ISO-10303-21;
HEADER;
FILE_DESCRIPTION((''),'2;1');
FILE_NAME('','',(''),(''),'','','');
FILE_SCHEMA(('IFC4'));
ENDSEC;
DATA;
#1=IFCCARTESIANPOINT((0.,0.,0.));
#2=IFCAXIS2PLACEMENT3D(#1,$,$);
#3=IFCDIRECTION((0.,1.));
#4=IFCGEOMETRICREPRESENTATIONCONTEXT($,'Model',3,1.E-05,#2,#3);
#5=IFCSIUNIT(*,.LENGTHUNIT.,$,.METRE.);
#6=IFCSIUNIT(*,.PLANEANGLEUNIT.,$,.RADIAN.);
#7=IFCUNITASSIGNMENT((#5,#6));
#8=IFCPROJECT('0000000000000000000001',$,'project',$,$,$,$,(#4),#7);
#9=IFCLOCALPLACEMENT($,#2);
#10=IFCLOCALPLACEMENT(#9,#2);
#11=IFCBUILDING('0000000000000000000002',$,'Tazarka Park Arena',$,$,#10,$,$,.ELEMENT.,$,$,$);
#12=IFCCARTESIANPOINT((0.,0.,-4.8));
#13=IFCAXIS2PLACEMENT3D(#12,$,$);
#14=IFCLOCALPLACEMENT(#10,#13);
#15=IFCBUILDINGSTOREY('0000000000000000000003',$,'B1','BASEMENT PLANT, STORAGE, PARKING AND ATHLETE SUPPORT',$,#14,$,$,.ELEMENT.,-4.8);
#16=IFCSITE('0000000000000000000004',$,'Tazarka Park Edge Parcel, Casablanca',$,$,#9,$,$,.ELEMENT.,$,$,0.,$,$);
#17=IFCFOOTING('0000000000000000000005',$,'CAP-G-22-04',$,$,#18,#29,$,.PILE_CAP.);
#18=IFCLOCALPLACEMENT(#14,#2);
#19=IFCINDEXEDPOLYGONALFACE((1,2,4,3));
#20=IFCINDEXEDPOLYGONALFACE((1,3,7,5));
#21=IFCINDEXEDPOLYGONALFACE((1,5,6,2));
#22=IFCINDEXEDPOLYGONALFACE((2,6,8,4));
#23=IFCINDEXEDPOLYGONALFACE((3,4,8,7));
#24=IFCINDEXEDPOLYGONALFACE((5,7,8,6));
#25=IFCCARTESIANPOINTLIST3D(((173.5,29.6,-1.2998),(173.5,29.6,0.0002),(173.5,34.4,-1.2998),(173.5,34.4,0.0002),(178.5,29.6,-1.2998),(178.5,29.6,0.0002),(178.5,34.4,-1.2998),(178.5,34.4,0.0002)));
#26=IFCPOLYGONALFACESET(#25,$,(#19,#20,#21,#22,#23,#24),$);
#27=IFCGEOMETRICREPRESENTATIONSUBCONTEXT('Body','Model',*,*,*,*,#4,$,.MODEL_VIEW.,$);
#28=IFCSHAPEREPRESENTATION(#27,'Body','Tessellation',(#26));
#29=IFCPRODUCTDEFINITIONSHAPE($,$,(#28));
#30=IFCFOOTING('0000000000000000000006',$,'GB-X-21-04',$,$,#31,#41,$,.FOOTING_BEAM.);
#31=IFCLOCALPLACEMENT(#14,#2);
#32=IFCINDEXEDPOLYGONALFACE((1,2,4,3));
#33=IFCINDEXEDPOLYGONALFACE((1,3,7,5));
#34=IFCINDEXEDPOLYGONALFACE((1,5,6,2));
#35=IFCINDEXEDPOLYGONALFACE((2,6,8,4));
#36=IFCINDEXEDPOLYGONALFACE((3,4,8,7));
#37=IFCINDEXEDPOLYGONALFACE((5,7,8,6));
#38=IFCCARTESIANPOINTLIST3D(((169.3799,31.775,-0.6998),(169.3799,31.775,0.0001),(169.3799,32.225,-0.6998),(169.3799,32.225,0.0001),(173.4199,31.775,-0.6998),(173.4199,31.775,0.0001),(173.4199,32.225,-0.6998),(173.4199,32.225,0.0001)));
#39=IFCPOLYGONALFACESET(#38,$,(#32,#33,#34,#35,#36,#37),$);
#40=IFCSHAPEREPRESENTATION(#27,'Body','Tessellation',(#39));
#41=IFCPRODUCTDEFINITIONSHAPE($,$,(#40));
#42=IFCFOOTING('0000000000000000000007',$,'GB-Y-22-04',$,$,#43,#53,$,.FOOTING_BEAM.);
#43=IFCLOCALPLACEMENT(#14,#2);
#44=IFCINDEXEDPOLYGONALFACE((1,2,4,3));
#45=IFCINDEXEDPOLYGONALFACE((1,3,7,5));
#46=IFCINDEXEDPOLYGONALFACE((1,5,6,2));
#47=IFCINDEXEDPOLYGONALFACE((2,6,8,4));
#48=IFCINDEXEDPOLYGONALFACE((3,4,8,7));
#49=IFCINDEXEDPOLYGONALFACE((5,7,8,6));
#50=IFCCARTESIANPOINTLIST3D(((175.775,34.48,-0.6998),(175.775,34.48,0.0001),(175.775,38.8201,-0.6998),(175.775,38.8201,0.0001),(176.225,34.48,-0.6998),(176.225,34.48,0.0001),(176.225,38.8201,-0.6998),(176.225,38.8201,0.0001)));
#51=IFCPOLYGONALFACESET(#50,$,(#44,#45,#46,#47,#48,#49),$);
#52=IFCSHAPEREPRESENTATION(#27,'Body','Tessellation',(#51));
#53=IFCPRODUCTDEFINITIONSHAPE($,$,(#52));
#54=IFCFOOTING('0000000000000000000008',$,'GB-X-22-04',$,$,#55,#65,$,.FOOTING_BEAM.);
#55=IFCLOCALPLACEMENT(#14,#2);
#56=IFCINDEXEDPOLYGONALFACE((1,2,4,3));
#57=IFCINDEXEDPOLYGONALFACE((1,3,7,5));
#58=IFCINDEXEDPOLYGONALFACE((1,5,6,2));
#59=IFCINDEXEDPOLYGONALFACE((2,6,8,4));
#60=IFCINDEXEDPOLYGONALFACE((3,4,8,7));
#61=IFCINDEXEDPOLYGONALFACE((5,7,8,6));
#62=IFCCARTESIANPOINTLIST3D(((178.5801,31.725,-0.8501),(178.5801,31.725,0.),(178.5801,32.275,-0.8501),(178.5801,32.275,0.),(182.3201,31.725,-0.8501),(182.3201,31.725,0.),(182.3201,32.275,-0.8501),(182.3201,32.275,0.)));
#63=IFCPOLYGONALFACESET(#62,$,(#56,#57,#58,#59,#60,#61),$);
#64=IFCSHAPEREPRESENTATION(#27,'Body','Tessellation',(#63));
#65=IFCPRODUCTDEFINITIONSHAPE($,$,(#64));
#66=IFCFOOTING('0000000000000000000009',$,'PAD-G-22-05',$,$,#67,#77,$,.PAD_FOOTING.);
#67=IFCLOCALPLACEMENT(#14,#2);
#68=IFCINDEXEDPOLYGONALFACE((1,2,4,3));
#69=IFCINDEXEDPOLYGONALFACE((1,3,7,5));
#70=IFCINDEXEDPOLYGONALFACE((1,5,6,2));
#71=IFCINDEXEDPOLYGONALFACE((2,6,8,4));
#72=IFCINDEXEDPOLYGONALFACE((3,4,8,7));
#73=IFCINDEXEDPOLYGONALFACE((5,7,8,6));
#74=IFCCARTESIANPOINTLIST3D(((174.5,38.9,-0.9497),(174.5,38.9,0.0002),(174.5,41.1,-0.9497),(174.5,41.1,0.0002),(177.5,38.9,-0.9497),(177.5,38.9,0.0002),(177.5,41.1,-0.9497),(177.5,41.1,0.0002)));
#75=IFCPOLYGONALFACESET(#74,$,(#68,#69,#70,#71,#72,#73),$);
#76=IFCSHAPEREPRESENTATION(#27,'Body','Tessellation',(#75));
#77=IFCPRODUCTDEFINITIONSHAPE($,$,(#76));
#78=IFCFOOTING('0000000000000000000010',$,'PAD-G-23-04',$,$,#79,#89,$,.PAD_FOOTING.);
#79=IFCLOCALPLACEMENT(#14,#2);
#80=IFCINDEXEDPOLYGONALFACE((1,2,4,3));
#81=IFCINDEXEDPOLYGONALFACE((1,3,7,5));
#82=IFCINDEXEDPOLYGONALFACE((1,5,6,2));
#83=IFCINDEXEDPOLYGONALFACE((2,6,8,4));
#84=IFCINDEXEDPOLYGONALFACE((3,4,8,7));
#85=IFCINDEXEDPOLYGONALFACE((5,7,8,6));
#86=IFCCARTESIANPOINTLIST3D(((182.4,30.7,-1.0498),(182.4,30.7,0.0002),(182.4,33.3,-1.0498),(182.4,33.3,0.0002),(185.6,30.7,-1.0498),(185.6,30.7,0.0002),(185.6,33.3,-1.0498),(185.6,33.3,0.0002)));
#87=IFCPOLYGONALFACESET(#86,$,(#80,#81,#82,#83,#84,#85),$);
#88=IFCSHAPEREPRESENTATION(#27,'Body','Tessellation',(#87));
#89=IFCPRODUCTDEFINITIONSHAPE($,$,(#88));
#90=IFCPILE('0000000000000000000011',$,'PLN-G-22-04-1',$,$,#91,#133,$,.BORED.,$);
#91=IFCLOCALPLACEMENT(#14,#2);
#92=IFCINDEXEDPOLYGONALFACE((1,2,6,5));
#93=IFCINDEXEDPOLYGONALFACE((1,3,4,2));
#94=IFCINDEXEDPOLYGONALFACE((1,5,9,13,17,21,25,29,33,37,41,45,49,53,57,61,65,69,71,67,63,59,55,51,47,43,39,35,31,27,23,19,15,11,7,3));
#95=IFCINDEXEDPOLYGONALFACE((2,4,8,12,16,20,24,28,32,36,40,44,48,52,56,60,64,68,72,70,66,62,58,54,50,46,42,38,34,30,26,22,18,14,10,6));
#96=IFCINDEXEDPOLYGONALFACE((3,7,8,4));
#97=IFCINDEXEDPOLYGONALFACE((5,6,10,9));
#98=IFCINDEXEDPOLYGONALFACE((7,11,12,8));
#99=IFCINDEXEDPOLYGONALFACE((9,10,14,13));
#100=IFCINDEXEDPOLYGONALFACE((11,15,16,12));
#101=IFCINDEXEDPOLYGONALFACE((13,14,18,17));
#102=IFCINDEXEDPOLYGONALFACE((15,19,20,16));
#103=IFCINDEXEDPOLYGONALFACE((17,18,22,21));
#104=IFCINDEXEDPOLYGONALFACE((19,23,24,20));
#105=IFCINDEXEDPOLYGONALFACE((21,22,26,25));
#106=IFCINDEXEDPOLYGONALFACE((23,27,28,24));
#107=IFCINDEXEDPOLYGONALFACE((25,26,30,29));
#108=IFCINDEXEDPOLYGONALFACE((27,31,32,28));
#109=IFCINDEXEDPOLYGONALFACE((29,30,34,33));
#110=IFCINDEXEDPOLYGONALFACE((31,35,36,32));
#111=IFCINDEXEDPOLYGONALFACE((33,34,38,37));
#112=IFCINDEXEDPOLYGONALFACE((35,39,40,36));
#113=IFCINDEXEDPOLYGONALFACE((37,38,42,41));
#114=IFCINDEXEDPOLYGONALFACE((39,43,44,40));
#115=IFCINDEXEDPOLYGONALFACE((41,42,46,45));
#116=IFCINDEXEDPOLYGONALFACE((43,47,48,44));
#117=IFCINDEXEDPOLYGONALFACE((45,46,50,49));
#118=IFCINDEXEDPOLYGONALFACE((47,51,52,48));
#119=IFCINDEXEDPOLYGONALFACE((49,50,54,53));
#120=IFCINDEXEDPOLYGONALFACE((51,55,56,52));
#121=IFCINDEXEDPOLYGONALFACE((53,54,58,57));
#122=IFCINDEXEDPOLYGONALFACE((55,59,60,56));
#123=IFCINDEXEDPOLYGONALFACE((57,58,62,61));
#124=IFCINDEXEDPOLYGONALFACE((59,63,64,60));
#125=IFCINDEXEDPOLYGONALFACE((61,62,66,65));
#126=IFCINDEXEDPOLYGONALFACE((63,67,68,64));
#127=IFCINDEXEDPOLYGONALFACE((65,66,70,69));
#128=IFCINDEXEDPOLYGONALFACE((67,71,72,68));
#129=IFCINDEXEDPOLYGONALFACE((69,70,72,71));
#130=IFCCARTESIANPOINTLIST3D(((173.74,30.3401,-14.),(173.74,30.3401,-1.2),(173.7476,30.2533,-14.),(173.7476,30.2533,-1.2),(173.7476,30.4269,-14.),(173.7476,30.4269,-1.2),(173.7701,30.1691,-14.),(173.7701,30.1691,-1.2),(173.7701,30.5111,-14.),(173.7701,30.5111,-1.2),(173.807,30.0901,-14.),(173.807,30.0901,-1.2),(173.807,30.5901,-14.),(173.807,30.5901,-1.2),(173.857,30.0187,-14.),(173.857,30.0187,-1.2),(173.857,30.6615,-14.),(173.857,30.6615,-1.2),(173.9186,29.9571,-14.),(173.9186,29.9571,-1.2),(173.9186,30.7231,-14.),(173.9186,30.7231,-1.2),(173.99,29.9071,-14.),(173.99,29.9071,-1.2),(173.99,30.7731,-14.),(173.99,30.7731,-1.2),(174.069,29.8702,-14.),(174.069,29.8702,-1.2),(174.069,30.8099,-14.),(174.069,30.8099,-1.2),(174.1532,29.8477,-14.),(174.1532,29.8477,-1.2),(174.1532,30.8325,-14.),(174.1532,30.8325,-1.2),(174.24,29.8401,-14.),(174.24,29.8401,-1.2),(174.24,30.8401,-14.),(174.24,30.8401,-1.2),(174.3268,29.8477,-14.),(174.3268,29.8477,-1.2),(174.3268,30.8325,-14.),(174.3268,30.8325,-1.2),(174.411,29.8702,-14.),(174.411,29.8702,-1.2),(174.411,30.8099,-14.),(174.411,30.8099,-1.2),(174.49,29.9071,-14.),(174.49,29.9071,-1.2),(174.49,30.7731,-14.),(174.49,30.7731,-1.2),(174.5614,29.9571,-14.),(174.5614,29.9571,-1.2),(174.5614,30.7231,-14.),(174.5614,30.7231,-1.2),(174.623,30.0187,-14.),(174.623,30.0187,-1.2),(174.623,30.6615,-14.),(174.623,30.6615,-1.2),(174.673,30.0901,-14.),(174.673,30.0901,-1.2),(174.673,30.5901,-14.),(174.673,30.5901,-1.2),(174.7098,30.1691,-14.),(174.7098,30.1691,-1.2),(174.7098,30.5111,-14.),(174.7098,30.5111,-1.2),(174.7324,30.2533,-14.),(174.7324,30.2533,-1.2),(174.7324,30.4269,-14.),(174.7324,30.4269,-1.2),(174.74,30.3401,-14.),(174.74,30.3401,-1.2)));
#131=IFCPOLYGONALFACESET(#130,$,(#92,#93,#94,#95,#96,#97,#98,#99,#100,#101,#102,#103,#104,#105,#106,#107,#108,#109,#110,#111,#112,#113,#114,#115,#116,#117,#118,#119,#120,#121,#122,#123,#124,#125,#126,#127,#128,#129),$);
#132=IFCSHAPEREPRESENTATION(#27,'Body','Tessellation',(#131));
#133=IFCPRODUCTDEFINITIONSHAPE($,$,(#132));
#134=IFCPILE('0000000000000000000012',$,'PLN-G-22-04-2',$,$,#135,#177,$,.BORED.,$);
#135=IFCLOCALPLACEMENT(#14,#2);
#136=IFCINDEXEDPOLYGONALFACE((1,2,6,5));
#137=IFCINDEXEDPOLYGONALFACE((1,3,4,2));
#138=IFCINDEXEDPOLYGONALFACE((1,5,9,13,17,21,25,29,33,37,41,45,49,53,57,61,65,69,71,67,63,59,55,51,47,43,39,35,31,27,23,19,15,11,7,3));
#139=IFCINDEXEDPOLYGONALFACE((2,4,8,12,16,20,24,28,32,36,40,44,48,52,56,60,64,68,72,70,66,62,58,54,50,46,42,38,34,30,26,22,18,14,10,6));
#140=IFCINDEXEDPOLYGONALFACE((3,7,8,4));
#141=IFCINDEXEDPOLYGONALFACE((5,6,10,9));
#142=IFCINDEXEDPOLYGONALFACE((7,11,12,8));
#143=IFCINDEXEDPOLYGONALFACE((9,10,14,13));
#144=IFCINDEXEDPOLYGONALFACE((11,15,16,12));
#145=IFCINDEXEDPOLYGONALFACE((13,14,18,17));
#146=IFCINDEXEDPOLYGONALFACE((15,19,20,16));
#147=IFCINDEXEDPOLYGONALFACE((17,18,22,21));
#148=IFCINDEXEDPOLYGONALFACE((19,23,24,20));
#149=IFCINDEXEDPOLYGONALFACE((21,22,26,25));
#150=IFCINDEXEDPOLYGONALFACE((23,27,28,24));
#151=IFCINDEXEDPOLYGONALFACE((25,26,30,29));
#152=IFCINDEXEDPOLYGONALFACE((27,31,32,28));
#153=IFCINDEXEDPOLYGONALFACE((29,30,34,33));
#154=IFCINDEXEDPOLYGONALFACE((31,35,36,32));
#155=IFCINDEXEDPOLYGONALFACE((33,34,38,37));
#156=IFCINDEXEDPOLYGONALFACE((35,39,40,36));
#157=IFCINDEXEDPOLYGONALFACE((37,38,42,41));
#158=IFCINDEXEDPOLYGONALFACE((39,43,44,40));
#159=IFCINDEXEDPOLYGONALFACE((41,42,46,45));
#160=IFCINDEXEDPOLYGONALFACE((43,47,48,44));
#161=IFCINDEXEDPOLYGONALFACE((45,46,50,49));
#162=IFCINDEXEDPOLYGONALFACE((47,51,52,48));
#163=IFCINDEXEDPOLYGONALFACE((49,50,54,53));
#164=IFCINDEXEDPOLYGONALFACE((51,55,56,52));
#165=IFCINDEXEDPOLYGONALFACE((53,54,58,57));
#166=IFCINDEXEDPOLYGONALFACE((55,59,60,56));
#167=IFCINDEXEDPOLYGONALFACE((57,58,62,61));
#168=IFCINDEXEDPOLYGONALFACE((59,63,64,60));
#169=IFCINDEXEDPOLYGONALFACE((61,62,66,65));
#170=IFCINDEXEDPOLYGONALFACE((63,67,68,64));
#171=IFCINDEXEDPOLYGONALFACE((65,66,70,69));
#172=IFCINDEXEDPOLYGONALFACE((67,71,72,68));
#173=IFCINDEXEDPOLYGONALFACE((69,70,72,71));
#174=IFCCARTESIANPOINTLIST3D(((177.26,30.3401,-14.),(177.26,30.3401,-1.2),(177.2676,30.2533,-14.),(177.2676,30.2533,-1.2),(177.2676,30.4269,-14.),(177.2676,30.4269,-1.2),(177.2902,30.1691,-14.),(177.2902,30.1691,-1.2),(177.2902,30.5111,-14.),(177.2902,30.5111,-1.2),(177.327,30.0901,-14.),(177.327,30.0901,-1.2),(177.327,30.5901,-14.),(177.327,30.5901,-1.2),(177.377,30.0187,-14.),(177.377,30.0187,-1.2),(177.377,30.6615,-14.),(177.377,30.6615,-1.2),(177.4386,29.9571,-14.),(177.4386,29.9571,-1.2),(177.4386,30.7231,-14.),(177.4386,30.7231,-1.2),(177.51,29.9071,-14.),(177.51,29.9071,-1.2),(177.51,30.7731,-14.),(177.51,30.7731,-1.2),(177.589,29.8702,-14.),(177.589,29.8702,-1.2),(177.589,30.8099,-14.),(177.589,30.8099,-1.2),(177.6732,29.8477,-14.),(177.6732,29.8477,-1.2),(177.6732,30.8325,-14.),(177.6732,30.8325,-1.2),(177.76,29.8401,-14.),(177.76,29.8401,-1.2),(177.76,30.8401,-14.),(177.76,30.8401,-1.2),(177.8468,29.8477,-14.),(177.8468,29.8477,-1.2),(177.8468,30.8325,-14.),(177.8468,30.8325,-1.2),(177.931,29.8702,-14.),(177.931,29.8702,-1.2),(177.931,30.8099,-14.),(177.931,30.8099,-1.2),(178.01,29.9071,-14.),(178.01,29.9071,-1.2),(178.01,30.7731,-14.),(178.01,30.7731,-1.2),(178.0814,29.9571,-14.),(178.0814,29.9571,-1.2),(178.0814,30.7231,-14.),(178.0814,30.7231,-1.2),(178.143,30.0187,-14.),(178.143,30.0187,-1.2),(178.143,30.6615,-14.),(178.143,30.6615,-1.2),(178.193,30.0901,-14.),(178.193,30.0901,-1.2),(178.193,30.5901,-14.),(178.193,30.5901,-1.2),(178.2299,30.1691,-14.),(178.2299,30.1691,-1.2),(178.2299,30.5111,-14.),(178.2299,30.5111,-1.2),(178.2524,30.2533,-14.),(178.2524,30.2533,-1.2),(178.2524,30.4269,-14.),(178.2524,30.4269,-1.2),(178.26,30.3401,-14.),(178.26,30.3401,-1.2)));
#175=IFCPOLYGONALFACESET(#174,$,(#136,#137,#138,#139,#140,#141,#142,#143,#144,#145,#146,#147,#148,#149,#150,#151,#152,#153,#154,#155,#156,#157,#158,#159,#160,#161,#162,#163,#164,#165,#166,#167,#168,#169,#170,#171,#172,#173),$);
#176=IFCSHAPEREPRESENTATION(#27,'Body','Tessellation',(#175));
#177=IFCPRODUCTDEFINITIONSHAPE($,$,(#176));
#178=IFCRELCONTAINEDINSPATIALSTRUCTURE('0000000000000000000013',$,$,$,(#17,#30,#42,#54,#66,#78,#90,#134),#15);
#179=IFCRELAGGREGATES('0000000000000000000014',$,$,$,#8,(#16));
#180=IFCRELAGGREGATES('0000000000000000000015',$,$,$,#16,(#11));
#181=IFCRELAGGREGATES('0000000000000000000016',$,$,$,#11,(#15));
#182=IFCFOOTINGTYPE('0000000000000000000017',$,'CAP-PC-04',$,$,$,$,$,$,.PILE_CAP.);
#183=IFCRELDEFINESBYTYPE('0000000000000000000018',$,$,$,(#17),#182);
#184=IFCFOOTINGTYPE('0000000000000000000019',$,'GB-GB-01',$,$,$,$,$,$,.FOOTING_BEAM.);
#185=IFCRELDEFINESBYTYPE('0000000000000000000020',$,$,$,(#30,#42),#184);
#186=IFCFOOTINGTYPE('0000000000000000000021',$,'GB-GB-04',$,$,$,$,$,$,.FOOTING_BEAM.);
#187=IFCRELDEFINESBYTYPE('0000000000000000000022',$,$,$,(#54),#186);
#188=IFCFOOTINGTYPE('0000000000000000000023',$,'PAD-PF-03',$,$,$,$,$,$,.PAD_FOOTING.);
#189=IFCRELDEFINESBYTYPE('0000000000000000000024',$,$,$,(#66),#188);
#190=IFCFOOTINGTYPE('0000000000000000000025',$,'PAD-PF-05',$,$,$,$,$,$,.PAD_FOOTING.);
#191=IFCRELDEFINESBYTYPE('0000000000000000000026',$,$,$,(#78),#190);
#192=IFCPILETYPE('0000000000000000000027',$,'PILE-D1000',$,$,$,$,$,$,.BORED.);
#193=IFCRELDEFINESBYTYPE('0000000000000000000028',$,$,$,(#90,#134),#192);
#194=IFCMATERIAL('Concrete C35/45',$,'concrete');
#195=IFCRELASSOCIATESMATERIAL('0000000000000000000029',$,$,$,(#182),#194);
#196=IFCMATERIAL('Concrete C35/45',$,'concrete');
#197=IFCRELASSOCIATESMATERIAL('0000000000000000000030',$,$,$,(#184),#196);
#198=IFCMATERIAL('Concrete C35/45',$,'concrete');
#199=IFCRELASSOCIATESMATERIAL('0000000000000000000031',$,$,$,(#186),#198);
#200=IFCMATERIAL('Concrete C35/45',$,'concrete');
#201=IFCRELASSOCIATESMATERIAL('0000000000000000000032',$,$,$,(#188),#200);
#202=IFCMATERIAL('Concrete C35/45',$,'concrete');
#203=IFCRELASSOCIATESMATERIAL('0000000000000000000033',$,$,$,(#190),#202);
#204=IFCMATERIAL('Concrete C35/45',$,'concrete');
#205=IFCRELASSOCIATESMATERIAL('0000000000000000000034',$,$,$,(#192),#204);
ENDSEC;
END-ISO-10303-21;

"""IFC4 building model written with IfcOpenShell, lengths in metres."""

from ifc_helpers import new_model, si_unit, direction, frame, origin, origin_2d, place, context, subcontext, project, spatial, rectangle, circle, extrude, material, material_profile, profile_set, type_object, element, save


model = new_model("IFC4")

# Units and contexts
model_context = context("Model", 3, precision=1e-05, world=origin(), true_north=direction((0.0, 1.0)))
body_context = subcontext(model_context, "Body", "Model", "MODEL_VIEW")
ifc_project = project(units=[si_unit("LENGTHUNIT", "METRE"), si_unit("PLANEANGLEUNIT", "RADIAN")], contexts=[model_context])

# Site, building, storey
site_placement = place(None, origin())
site = spatial("IfcSite", under=ifc_project, at=site_placement, Name="Tazarka Park Edge Parcel, Casablanca", CompositionType="ELEMENT", RefElevation=0.0)
building_placement = place(site_placement, origin())
building = spatial("IfcBuilding", under=site, at=building_placement, Name="Tazarka Park Arena", CompositionType="ELEMENT")
storey_placement = place(building_placement, frame((0.0, 0.0, -4.8)))
storey = spatial("IfcBuildingStorey", under=building, at=storey_placement, Name="B1", Description="BASEMENT PLANT, STORAGE, PARKING AND ATHLETE SUPPORT", CompositionType="ELEMENT", Elevation=-4.8)

# Footings
ifc_material_1 = material(Name="Concrete C35/45", Category="concrete")
footing_type_1 = type_object("IfcFootingType", Name="CAP-PC-04", PredefinedType="PILE_CAP", material=ifc_material_1)
footing_1_placement = place(storey_placement, frame((176.0, 32.0, -1.2998), z_axis=(0.0, 0.0, 1.0), x_axis=(1.0, 0.0, 0.0)))
element("IfcFooting", 1, at=footing_1_placement, inside=storey, type_object=footing_type_1, Name="CAP-G-22-04", PredefinedType="PILE_CAP", context=body_context, shape_type="SweptSolid", body=[
    extrude(rectangle(XDim=5.0, YDim=4.8, at=origin_2d()), origin(), (0.0, 0.0, 1.0), 1.3),
])
ifc_material_2 = material(Name="Concrete C35/45", Category="concrete")
ifc_material_profile_1 = material_profile(ifc_material_2, rectangle(XDim=0.45, YDim=0.7, at=origin_2d()), Name="Concrete C35/45")
ifc_profile_set_1 = profile_set([ifc_material_profile_1], Name="Concrete C35/45")
footing_type_2 = type_object("IfcFootingType", Name="GB-GB-01", PredefinedType="FOOTING_BEAM", material=ifc_profile_set_1)
footing_2_placement = place(storey_placement, frame((169.3799, 32.0, -0.3499), z_axis=(1.0, 0.0, 0.0), x_axis=(0.0, 1.0, 0.0)))
element("IfcFooting", 2, at=footing_2_placement, inside=storey, type_object=footing_type_2, Name="GB-X-21-04", PredefinedType="FOOTING_BEAM", context=body_context, shape_type="SweptSolid", body=[
    extrude(rectangle(XDim=0.45, YDim=0.7, at=origin_2d()), origin(), (0.0, 0.0, 1.0), 4.04),
])
footing_3_placement = place(storey_placement, frame((176.0, 34.48, -0.3499), z_axis=(0.0, 1.0, 0.0), x_axis=(-1.0, 0.0, 0.0)))
element("IfcFooting", 3, at=footing_3_placement, inside=storey, type_object=footing_type_2, Name="GB-Y-22-04", PredefinedType="FOOTING_BEAM", context=body_context, shape_type="SweptSolid", body=[
    extrude(rectangle(XDim=0.45, YDim=0.7, at=origin_2d()), origin(), (0.0, 0.0, 1.0), 4.3401),
])
ifc_material_3 = material(Name="Concrete C35/45", Category="concrete")
ifc_material_profile_2 = material_profile(ifc_material_3, rectangle(XDim=0.55, YDim=0.8501, at=origin_2d()), Name="Concrete C35/45")
ifc_profile_set_2 = profile_set([ifc_material_profile_2], Name="Concrete C35/45")
footing_type_3 = type_object("IfcFootingType", Name="GB-GB-04", PredefinedType="FOOTING_BEAM", material=ifc_profile_set_2)
footing_4_placement = place(storey_placement, frame((178.5801, 32.0, -0.425), z_axis=(1.0, 0.0, 0.0), x_axis=(0.0, 1.0, 0.0)))
element("IfcFooting", 4, at=footing_4_placement, inside=storey, type_object=footing_type_3, Name="GB-X-22-04", PredefinedType="FOOTING_BEAM", context=body_context, shape_type="SweptSolid", body=[
    extrude(rectangle(XDim=0.55, YDim=0.8501, at=origin_2d()), origin(), (0.0, 0.0, 1.0), 3.74),
])
ifc_material_4 = material(Name="Concrete C35/45", Category="concrete")
footing_type_4 = type_object("IfcFootingType", Name="PAD-PF-03", PredefinedType="PAD_FOOTING", material=ifc_material_4)
footing_5_placement = place(storey_placement, frame((176.0, 40.0, -0.9497), z_axis=(0.0, 0.0, 1.0), x_axis=(1.0, 0.0, 0.0)))
element("IfcFooting", 5, at=footing_5_placement, inside=storey, type_object=footing_type_4, Name="PAD-G-22-05", PredefinedType="PAD_FOOTING", context=body_context, shape_type="SweptSolid", body=[
    extrude(rectangle(XDim=3.0, YDim=2.2, at=origin_2d()), origin(), (0.0, 0.0, 1.0), 0.95),
])
ifc_material_5 = material(Name="Concrete C35/45", Category="concrete")
footing_type_5 = type_object("IfcFootingType", Name="PAD-PF-05", PredefinedType="PAD_FOOTING", material=ifc_material_5)
footing_6_placement = place(storey_placement, frame((184.0, 32.0, -1.0498), z_axis=(0.0, 0.0, 1.0), x_axis=(1.0, 0.0, 0.0)))
element("IfcFooting", 6, at=footing_6_placement, inside=storey, type_object=footing_type_5, Name="PAD-G-23-04", PredefinedType="PAD_FOOTING", context=body_context, shape_type="SweptSolid", body=[
    extrude(rectangle(XDim=3.2, YDim=2.6001, at=origin_2d()), origin(), (0.0, 0.0, 1.0), 1.05),
])

# Piles
ifc_material_6 = material(Name="Concrete C35/45", Category="concrete")
ifc_material_profile_3 = material_profile(ifc_material_6, circle(Radius=0.5, at=origin_2d()), Name="Concrete C35/45")
ifc_profile_set_3 = profile_set([ifc_material_profile_3], Name="Concrete C35/45")
pile_type = type_object("IfcPileType", Name="PILE-D1000", PredefinedType="BORED", material=ifc_profile_set_3)
for number, where, z_axis, x_axis, name in (
    (7, (174.24, 30.3401, -1.2), (0.0, 0.0, -1.0), (1.0, 0.0, 0.0), "PLN-G-22-04-1"),
    (8, (177.76, 30.3401, -1.2), (0.0, 0.0, -1.0), (1.0, 0.0, 0.0), "PLN-G-22-04-2"),
):
    element("IfcPile", number, at=place(storey_placement, frame(where, z_axis=z_axis, x_axis=x_axis)), inside=storey, type_object=pile_type, Name=name, PredefinedType="BORED", context=body_context, shape_type="SweptSolid", body=[
        extrude(circle(Radius=0.5, at=origin_2d()), origin(), (0.0, 0.0, 1.0), 12.8),
    ])

save(model, "model.ifc")
